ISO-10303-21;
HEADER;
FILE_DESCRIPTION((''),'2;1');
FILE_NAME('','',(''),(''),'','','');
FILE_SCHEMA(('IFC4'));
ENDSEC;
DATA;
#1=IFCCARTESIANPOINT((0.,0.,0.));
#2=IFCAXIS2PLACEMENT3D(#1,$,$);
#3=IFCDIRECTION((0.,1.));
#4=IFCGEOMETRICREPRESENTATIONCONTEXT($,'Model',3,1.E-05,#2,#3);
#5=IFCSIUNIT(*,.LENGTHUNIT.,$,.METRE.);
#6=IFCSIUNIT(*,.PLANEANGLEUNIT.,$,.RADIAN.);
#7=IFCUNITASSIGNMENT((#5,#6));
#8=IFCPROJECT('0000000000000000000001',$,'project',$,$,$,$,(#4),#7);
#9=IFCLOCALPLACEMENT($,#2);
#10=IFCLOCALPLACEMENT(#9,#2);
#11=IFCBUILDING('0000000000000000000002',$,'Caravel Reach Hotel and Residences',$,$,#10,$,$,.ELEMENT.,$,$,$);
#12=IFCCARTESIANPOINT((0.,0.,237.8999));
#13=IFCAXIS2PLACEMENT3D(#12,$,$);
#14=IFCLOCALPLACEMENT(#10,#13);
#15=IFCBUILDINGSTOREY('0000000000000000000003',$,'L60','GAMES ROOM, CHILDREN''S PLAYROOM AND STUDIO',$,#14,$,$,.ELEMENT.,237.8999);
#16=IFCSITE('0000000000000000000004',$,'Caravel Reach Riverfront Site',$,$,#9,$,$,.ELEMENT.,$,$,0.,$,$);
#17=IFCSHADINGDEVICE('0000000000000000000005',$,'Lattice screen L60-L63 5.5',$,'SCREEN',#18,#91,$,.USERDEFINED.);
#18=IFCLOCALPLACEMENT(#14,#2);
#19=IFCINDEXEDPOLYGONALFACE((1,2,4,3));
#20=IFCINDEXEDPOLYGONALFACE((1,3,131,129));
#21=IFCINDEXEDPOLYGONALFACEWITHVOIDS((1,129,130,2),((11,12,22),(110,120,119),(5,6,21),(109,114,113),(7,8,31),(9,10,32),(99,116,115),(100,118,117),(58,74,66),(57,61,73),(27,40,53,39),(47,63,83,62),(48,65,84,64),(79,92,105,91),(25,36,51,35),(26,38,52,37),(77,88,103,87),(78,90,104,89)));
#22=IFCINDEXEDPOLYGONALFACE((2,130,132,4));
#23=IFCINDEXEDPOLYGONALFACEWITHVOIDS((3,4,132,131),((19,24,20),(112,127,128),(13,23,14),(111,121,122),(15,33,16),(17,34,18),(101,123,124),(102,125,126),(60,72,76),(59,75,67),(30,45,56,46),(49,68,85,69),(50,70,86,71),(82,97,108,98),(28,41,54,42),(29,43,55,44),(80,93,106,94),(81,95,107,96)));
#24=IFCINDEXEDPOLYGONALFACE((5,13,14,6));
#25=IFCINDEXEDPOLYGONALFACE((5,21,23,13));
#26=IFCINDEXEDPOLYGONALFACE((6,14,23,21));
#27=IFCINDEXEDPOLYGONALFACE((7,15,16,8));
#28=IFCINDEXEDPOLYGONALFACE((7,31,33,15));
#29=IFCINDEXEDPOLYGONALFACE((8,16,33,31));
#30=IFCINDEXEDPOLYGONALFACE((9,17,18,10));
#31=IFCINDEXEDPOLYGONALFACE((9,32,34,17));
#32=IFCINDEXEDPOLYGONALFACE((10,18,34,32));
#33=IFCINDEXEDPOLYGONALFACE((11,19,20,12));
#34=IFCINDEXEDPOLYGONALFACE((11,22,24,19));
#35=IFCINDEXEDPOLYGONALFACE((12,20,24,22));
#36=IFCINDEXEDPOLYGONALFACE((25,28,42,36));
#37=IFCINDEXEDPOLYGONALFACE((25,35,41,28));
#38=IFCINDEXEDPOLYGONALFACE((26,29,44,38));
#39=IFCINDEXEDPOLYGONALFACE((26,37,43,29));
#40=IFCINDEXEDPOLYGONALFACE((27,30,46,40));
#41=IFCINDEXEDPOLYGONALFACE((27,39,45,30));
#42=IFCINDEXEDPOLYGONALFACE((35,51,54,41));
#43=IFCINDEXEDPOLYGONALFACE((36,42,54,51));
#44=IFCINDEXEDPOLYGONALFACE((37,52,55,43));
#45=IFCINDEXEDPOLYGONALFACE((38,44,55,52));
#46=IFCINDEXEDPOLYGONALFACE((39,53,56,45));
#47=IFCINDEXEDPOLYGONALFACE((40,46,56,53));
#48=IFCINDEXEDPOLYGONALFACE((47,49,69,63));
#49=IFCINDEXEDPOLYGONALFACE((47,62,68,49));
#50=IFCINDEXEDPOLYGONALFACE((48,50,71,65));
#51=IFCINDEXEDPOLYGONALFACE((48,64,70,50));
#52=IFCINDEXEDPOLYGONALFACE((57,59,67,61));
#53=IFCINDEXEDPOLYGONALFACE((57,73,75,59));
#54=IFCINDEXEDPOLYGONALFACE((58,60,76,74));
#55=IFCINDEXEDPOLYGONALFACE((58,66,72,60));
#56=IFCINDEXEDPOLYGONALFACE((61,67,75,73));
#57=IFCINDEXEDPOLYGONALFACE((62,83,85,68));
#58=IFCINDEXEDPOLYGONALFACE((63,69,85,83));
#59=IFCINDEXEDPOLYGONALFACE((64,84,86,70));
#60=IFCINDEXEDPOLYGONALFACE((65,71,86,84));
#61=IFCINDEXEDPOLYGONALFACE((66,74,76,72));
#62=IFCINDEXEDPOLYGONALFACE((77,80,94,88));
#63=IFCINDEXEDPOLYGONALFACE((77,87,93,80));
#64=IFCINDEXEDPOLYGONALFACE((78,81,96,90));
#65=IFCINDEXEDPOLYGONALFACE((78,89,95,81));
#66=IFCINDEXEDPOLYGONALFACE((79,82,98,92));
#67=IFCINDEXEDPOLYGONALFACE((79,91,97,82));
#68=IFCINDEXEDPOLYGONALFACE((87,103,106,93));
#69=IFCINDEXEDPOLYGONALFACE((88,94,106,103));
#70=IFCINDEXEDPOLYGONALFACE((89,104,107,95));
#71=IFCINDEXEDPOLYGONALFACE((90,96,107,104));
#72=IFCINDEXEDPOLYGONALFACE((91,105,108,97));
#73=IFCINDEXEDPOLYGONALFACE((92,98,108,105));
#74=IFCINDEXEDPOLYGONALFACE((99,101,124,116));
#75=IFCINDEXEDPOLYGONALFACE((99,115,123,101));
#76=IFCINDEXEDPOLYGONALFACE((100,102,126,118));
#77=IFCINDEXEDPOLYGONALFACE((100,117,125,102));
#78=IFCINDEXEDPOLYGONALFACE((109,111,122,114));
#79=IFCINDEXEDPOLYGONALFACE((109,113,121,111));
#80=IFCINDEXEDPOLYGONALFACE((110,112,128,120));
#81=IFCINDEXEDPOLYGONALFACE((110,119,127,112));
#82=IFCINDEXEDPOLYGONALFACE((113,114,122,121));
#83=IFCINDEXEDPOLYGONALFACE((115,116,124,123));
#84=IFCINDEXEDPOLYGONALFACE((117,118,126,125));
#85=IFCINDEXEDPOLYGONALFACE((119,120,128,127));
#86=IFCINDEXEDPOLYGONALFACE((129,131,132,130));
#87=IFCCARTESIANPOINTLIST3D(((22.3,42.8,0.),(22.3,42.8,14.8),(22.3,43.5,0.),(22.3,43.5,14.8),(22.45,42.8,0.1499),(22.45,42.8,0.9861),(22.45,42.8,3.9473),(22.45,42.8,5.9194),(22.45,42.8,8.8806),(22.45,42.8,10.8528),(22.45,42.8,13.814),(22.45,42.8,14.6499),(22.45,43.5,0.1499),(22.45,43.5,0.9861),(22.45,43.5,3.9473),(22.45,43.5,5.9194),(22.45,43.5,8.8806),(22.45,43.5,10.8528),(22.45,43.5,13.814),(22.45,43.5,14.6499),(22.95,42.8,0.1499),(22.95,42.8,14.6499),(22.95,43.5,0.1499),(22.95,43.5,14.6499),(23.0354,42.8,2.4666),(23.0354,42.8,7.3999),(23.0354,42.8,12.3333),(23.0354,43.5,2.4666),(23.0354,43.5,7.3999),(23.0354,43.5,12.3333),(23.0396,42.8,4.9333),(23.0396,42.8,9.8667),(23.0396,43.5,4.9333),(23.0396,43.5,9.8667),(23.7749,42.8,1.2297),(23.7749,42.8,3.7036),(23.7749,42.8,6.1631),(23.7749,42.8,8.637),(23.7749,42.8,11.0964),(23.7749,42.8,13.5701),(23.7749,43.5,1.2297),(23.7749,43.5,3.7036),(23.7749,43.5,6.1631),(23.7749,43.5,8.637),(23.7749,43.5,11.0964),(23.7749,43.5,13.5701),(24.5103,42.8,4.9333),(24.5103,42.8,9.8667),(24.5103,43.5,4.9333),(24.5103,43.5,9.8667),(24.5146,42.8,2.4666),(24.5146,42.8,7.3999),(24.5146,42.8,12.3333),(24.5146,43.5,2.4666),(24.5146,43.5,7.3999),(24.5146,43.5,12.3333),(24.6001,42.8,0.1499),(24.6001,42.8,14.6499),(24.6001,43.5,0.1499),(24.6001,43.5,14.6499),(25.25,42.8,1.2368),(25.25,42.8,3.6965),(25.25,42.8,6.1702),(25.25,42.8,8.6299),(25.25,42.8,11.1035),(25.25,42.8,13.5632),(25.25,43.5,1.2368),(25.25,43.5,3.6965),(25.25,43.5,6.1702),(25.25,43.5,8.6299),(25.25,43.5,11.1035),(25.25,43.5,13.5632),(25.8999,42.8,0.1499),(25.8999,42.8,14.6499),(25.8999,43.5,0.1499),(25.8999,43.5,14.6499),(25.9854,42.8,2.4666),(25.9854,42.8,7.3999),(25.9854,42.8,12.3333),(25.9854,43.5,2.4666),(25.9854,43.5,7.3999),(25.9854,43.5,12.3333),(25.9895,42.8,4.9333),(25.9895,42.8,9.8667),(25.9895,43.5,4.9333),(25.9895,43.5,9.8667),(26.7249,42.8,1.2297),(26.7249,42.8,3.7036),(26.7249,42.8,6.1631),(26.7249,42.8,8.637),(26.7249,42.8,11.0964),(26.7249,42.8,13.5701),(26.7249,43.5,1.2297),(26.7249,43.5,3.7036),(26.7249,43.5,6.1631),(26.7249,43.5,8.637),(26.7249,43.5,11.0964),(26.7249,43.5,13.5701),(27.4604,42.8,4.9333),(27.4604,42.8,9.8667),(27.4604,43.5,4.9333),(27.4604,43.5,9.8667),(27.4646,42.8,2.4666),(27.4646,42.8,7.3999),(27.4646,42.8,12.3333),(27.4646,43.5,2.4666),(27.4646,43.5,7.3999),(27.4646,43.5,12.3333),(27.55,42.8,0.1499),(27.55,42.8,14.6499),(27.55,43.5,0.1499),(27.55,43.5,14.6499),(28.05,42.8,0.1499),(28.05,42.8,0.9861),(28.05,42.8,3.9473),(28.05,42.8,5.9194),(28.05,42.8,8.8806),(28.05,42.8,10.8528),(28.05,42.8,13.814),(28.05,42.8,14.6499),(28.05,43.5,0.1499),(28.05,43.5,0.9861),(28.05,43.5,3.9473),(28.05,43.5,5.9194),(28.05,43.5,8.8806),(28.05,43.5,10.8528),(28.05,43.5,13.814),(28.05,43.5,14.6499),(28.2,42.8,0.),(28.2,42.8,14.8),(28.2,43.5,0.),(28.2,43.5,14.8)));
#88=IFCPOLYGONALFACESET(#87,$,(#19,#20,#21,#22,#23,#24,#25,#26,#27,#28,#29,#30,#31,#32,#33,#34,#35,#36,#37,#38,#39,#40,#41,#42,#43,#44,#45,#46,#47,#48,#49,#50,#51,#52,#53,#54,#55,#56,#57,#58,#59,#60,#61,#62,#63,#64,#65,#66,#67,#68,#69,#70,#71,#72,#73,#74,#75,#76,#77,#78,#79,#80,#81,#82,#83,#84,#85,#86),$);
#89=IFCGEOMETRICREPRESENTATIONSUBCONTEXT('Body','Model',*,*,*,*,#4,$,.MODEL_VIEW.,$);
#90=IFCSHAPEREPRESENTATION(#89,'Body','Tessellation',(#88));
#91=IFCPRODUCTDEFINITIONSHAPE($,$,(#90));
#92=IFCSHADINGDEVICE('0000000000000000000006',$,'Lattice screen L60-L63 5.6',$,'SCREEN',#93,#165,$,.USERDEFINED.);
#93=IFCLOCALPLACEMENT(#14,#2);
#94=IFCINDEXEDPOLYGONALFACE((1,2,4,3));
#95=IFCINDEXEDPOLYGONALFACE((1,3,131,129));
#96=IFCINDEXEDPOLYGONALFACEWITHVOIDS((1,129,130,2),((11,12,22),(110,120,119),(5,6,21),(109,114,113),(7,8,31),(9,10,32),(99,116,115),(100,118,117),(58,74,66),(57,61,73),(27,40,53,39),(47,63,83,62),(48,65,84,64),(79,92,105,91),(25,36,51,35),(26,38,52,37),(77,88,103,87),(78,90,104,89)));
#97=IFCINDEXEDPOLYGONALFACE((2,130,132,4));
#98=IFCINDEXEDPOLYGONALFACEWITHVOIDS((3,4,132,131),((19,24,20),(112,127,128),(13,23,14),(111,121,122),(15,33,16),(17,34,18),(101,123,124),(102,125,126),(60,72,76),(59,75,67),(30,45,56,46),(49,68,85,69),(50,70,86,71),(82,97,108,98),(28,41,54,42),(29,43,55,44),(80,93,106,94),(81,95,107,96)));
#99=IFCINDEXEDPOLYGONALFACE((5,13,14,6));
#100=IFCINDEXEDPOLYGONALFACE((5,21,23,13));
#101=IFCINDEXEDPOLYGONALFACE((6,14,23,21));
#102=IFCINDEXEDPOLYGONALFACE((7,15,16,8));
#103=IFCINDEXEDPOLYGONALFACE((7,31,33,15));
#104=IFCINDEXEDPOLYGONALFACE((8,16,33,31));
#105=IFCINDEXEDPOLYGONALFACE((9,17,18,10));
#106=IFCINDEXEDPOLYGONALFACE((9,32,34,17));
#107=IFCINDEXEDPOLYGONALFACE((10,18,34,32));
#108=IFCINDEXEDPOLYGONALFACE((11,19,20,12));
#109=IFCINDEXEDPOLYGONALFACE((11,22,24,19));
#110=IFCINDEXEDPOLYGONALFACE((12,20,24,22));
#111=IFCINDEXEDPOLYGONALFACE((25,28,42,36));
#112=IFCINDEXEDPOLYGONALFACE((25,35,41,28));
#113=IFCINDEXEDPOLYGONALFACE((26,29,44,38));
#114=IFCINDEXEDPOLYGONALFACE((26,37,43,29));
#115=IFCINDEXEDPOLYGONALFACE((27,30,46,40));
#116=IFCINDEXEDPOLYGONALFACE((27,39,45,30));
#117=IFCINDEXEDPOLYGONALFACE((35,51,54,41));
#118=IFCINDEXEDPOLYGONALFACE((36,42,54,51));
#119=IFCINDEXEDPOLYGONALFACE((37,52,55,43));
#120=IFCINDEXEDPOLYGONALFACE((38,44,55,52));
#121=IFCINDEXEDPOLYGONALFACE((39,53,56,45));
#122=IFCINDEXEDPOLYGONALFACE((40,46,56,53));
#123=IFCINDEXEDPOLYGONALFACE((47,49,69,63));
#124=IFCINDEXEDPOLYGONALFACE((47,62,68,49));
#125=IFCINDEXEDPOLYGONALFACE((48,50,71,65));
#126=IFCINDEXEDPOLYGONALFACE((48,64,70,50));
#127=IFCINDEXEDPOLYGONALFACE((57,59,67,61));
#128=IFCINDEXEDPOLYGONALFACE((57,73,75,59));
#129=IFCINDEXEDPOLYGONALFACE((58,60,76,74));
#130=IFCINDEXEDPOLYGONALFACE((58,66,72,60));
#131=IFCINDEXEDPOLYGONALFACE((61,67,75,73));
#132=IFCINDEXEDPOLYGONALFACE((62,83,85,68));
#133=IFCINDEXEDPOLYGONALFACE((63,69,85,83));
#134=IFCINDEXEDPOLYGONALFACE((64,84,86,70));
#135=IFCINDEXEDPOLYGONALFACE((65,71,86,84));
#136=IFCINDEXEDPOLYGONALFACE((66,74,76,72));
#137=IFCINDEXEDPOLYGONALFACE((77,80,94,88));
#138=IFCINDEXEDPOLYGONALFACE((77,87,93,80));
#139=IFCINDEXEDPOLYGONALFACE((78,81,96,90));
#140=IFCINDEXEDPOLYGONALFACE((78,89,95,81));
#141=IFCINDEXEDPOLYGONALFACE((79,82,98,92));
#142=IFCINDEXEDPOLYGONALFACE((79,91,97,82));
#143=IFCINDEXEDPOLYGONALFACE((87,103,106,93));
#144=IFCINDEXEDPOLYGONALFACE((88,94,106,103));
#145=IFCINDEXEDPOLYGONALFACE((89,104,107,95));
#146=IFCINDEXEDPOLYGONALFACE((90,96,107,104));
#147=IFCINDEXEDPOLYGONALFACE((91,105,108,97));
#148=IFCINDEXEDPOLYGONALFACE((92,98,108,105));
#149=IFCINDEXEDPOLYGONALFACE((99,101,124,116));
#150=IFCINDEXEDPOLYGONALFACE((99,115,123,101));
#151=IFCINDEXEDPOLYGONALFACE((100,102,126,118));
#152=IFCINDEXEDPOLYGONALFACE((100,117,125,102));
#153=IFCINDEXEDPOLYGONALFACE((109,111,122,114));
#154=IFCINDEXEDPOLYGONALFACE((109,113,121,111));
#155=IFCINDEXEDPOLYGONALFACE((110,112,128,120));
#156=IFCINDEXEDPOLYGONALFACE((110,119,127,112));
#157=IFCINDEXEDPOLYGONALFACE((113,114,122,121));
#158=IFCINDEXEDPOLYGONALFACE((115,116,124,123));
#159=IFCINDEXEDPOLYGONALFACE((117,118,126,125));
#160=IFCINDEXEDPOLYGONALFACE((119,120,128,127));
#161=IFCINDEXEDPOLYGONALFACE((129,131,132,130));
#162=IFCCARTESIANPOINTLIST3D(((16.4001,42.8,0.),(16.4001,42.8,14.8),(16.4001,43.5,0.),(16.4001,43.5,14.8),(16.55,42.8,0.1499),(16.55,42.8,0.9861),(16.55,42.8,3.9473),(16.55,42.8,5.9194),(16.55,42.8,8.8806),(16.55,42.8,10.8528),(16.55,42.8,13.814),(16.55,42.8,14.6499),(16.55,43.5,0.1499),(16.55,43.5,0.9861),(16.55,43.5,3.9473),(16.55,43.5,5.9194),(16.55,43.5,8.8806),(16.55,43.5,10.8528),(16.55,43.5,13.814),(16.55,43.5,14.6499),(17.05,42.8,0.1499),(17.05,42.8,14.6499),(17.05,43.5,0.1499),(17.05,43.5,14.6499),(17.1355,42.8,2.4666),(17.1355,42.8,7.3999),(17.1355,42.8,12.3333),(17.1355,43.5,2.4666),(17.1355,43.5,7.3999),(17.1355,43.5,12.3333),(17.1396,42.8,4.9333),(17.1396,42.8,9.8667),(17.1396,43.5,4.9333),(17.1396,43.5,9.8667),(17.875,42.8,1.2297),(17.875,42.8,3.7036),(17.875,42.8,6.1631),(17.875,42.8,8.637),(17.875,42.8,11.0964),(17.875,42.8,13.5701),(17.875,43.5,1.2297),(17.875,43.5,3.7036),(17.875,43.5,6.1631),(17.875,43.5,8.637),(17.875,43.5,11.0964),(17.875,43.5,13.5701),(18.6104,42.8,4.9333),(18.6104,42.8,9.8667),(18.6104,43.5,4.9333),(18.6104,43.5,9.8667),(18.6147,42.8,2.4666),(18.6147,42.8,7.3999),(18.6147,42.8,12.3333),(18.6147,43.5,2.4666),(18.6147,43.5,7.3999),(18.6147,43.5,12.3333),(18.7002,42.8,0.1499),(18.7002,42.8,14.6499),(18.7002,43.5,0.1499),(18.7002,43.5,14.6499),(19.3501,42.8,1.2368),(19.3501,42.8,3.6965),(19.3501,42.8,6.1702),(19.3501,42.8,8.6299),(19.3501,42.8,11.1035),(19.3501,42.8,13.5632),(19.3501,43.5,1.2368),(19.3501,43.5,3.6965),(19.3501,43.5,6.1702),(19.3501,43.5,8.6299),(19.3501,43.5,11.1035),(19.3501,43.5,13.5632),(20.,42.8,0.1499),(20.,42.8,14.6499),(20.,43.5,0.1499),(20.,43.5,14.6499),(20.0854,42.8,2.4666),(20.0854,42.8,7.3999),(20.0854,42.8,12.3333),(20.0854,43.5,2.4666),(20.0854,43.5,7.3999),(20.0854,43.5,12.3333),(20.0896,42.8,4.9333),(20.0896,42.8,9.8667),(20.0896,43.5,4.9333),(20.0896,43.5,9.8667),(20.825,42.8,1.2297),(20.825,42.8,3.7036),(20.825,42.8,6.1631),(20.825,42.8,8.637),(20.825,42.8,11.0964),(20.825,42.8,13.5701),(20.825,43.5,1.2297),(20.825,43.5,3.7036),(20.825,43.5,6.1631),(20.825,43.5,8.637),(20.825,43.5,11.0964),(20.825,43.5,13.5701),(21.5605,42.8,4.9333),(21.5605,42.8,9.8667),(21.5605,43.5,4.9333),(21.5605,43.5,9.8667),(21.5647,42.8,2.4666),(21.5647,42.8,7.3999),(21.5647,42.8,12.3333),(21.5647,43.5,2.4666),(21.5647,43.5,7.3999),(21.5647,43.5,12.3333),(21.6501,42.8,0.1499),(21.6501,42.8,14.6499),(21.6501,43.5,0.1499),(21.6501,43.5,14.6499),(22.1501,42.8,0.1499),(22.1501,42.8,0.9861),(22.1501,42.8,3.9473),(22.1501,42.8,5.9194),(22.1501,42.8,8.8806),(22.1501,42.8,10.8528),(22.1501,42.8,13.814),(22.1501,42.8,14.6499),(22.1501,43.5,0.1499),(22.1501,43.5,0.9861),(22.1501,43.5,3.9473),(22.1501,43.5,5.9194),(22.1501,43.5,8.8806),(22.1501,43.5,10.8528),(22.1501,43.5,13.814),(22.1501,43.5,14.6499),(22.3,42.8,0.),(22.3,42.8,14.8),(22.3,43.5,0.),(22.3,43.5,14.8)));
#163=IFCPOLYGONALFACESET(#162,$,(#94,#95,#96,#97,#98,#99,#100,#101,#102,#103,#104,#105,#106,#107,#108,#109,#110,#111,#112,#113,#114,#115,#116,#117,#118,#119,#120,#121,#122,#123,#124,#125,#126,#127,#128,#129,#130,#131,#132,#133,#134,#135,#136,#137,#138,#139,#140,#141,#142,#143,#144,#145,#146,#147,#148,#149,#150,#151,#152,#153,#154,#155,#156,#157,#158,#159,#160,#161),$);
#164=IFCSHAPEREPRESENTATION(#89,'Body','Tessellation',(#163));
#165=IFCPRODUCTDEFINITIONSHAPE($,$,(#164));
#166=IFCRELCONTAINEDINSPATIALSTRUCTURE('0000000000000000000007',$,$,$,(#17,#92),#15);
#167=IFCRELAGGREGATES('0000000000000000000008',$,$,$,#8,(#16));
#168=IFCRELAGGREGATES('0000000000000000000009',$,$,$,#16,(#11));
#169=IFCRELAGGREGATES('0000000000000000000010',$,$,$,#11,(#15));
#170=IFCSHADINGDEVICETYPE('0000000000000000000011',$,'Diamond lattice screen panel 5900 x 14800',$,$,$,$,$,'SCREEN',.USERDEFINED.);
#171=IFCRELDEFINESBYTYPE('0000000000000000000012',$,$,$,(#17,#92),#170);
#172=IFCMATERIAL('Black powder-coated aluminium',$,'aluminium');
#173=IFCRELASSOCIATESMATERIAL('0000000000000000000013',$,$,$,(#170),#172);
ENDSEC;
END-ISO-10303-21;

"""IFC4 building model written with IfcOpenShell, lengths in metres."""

from ifc_helpers import new_model, si_unit, direction, frame, origin, place, context, subcontext, project, spatial, polyline, outline, extrude, material, type_object, element, save


model = new_model("IFC4")

# Units and contexts
model_context = context("Model", 3, precision=1e-05, world=origin(), true_north=direction((0.0, 1.0)))
body_context = subcontext(model_context, "Body", "Model", "MODEL_VIEW")
ifc_project = project(units=[si_unit("LENGTHUNIT", "METRE"), si_unit("PLANEANGLEUNIT", "RADIAN")], contexts=[model_context])

# Site, building, storey
site_placement = place(None, origin())
site = spatial("IfcSite", under=ifc_project, at=site_placement, Name="Caravel Reach Riverfront Site", CompositionType="ELEMENT", RefElevation=0.0)
building_placement = place(site_placement, origin())
building = spatial("IfcBuilding", under=site, at=building_placement, Name="Caravel Reach Hotel and Residences", CompositionType="ELEMENT")
storey_placement = place(building_placement, frame((0.0, 0.0, 237.8999)))
storey = spatial("IfcBuildingStorey", under=building, at=storey_placement, Name="L60", Description="GAMES ROOM, CHILDREN'S PLAYROOM AND STUDIO", CompositionType="ELEMENT", Elevation=237.8999)

# Shading devices
ifc_material_1 = material(Name="Black powder-coated aluminium", Category="aluminium")
shading_device_type = type_object("IfcShadingDeviceType", Name="Diamond lattice screen panel 5900 x 14800", ElementType="SCREEN", PredefinedType="USERDEFINED", material=ifc_material_1)
shading_device_1_placement = place(storey_placement, frame((28.2, 42.8, 0.0), z_axis=(0.0, 1.0, 0.0), x_axis=(-1.0, 0.0, 0.0)))
element("IfcShadingDevice", 1, at=shading_device_1_placement, inside=storey, type_object=shading_device_type, Name="Lattice screen L60-L63 5.5", ObjectType="SCREEN", PredefinedType="USERDEFINED", context=body_context, shape_type="SweptSolid", body=[
    extrude(outline(polyline([(0.0, 0.0), (5.8999, 0.0), (5.8999, 14.8), (0.0, 14.8), (0.0, 0.0)]), holes=[polyline([(0.6499, 0.1499), (0.1499, 0.9861), (0.1499, 0.1499), (0.6499, 0.1499)]), polyline([(0.7395, 4.9333), (0.1499, 5.9194), (0.1499, 3.9473), (0.7395, 4.9333)]), polyline([(0.7395, 9.8667), (0.1499, 10.8528), (0.1499, 8.8806), (0.7395, 9.8667)]), polyline([(0.1499, 13.814), (0.6499, 14.6499), (0.1499, 14.6499), (0.1499, 13.814)]), polyline([(1.4751, 3.7036), (0.7354, 2.4666), (1.4751, 1.2297), (2.2146, 2.4666), (1.4751, 3.7036)]), polyline([(1.4751, 8.637), (0.7354, 7.3999), (1.4751, 6.1631), (2.2146, 7.3999), (1.4751, 8.637)]), polyline([(1.4751, 13.5701), (0.7354, 12.3333), (1.4751, 11.0964), (2.2146, 12.3333), (1.4751, 13.5701)]), polyline([(2.95, 1.2368), (2.3, 0.1499), (3.5999, 0.1499), (2.95, 1.2368)]), polyline([(2.95, 6.1702), (2.2104, 4.9333), (2.95, 3.6965), (3.6897, 4.9333), (2.95, 6.1702)]), polyline([(2.95, 11.1035), (2.2104, 9.8667), (2.95, 8.6299), (3.6897, 9.8667), (2.95, 11.1035)]), polyline([(2.95, 13.5632), (3.5999, 14.6499), (2.3, 14.6499), (2.95, 13.5632)]), polyline([(4.425, 3.7036), (3.6853, 2.4666), (4.425, 1.2297), (5.1646, 2.4666), (4.425, 3.7036)]), polyline([(4.425, 8.637), (3.6853, 7.3999), (4.425, 6.1631), (5.1646, 7.3999), (4.425, 8.637)]), polyline([(4.425, 13.5701), (3.6853, 12.3333), (4.425, 11.0964), (5.1646, 12.3333), (4.425, 13.5701)]), polyline([(5.75, 0.9861), (5.25, 0.1499), (5.75, 0.1499), (5.75, 0.9861)]), polyline([(5.1604, 4.9333), (5.75, 3.9473), (5.75, 5.9194), (5.1604, 4.9333)]), polyline([(5.1604, 9.8667), (5.75, 8.8806), (5.75, 10.8528), (5.1604, 9.8667)]), polyline([(5.25, 14.6499), (5.75, 13.814), (5.75, 14.6499), (5.25, 14.6499)])]), origin(), (0.0, 0.0, 1.0), 0.7),
])
shading_device_2_placement = place(storey_placement, frame((22.3, 42.8, 0.0), z_axis=(0.0, 1.0, 0.0), x_axis=(-1.0, 0.0, 0.0)))
element("IfcShadingDevice", 2, at=shading_device_2_placement, inside=storey, type_object=shading_device_type, Name="Lattice screen L60-L63 5.6", ObjectType="SCREEN", PredefinedType="USERDEFINED", context=body_context, shape_type="SweptSolid", body=[
    extrude(outline(polyline([(0.0, 0.0), (5.8999, 0.0), (5.8999, 14.8), (0.0, 14.8), (0.0, 0.0)]), holes=[polyline([(0.6499, 0.1499), (0.1499, 0.9861), (0.1499, 0.1499), (0.6499, 0.1499)]), polyline([(0.7395, 4.9333), (0.1499, 5.9194), (0.1499, 3.9473), (0.7395, 4.9333)]), polyline([(0.7395, 9.8667), (0.1499, 10.8528), (0.1499, 8.8806), (0.7395, 9.8667)]), polyline([(0.1499, 13.814), (0.6499, 14.6499), (0.1499, 14.6499), (0.1499, 13.814)]), polyline([(1.4751, 3.7036), (0.7354, 2.4666), (1.4751, 1.2297), (2.2146, 2.4666), (1.4751, 3.7036)]), polyline([(1.4751, 8.637), (0.7354, 7.3999), (1.4751, 6.1631), (2.2146, 7.3999), (1.4751, 8.637)]), polyline([(1.4751, 13.5701), (0.7354, 12.3333), (1.4751, 11.0964), (2.2146, 12.3333), (1.4751, 13.5701)]), polyline([(2.95, 1.2368), (2.3, 0.1499), (3.5999, 0.1499), (2.95, 1.2368)]), polyline([(2.95, 6.1702), (2.2104, 4.9333), (2.95, 3.6965), (3.6897, 4.9333), (2.95, 6.1702)]), polyline([(2.95, 11.1035), (2.2104, 9.8667), (2.95, 8.6299), (3.6897, 9.8667), (2.95, 11.1035)]), polyline([(2.95, 13.5632), (3.5999, 14.6499), (2.3, 14.6499), (2.95, 13.5632)]), polyline([(4.425, 3.7036), (3.6853, 2.4666), (4.425, 1.2297), (5.1646, 2.4666), (4.425, 3.7036)]), polyline([(4.425, 8.637), (3.6853, 7.3999), (4.425, 6.1631), (5.1646, 7.3999), (4.425, 8.637)]), polyline([(4.425, 13.5701), (3.6853, 12.3333), (4.425, 11.0964), (5.1646, 12.3333), (4.425, 13.5701)]), polyline([(5.75, 0.9861), (5.25, 0.1499), (5.75, 0.1499), (5.75, 0.9861)]), polyline([(5.1604, 4.9333), (5.75, 3.9473), (5.75, 5.9194), (5.1604, 4.9333)]), polyline([(5.1604, 9.8667), (5.75, 8.8806), (5.75, 10.8528), (5.1604, 9.8667)]), polyline([(5.25, 14.6499), (5.75, 13.814), (5.75, 14.6499), (5.25, 14.6499)])]), origin(), (0.0, 0.0, 1.0), 0.7),
])

save(model, "model.ifc")
